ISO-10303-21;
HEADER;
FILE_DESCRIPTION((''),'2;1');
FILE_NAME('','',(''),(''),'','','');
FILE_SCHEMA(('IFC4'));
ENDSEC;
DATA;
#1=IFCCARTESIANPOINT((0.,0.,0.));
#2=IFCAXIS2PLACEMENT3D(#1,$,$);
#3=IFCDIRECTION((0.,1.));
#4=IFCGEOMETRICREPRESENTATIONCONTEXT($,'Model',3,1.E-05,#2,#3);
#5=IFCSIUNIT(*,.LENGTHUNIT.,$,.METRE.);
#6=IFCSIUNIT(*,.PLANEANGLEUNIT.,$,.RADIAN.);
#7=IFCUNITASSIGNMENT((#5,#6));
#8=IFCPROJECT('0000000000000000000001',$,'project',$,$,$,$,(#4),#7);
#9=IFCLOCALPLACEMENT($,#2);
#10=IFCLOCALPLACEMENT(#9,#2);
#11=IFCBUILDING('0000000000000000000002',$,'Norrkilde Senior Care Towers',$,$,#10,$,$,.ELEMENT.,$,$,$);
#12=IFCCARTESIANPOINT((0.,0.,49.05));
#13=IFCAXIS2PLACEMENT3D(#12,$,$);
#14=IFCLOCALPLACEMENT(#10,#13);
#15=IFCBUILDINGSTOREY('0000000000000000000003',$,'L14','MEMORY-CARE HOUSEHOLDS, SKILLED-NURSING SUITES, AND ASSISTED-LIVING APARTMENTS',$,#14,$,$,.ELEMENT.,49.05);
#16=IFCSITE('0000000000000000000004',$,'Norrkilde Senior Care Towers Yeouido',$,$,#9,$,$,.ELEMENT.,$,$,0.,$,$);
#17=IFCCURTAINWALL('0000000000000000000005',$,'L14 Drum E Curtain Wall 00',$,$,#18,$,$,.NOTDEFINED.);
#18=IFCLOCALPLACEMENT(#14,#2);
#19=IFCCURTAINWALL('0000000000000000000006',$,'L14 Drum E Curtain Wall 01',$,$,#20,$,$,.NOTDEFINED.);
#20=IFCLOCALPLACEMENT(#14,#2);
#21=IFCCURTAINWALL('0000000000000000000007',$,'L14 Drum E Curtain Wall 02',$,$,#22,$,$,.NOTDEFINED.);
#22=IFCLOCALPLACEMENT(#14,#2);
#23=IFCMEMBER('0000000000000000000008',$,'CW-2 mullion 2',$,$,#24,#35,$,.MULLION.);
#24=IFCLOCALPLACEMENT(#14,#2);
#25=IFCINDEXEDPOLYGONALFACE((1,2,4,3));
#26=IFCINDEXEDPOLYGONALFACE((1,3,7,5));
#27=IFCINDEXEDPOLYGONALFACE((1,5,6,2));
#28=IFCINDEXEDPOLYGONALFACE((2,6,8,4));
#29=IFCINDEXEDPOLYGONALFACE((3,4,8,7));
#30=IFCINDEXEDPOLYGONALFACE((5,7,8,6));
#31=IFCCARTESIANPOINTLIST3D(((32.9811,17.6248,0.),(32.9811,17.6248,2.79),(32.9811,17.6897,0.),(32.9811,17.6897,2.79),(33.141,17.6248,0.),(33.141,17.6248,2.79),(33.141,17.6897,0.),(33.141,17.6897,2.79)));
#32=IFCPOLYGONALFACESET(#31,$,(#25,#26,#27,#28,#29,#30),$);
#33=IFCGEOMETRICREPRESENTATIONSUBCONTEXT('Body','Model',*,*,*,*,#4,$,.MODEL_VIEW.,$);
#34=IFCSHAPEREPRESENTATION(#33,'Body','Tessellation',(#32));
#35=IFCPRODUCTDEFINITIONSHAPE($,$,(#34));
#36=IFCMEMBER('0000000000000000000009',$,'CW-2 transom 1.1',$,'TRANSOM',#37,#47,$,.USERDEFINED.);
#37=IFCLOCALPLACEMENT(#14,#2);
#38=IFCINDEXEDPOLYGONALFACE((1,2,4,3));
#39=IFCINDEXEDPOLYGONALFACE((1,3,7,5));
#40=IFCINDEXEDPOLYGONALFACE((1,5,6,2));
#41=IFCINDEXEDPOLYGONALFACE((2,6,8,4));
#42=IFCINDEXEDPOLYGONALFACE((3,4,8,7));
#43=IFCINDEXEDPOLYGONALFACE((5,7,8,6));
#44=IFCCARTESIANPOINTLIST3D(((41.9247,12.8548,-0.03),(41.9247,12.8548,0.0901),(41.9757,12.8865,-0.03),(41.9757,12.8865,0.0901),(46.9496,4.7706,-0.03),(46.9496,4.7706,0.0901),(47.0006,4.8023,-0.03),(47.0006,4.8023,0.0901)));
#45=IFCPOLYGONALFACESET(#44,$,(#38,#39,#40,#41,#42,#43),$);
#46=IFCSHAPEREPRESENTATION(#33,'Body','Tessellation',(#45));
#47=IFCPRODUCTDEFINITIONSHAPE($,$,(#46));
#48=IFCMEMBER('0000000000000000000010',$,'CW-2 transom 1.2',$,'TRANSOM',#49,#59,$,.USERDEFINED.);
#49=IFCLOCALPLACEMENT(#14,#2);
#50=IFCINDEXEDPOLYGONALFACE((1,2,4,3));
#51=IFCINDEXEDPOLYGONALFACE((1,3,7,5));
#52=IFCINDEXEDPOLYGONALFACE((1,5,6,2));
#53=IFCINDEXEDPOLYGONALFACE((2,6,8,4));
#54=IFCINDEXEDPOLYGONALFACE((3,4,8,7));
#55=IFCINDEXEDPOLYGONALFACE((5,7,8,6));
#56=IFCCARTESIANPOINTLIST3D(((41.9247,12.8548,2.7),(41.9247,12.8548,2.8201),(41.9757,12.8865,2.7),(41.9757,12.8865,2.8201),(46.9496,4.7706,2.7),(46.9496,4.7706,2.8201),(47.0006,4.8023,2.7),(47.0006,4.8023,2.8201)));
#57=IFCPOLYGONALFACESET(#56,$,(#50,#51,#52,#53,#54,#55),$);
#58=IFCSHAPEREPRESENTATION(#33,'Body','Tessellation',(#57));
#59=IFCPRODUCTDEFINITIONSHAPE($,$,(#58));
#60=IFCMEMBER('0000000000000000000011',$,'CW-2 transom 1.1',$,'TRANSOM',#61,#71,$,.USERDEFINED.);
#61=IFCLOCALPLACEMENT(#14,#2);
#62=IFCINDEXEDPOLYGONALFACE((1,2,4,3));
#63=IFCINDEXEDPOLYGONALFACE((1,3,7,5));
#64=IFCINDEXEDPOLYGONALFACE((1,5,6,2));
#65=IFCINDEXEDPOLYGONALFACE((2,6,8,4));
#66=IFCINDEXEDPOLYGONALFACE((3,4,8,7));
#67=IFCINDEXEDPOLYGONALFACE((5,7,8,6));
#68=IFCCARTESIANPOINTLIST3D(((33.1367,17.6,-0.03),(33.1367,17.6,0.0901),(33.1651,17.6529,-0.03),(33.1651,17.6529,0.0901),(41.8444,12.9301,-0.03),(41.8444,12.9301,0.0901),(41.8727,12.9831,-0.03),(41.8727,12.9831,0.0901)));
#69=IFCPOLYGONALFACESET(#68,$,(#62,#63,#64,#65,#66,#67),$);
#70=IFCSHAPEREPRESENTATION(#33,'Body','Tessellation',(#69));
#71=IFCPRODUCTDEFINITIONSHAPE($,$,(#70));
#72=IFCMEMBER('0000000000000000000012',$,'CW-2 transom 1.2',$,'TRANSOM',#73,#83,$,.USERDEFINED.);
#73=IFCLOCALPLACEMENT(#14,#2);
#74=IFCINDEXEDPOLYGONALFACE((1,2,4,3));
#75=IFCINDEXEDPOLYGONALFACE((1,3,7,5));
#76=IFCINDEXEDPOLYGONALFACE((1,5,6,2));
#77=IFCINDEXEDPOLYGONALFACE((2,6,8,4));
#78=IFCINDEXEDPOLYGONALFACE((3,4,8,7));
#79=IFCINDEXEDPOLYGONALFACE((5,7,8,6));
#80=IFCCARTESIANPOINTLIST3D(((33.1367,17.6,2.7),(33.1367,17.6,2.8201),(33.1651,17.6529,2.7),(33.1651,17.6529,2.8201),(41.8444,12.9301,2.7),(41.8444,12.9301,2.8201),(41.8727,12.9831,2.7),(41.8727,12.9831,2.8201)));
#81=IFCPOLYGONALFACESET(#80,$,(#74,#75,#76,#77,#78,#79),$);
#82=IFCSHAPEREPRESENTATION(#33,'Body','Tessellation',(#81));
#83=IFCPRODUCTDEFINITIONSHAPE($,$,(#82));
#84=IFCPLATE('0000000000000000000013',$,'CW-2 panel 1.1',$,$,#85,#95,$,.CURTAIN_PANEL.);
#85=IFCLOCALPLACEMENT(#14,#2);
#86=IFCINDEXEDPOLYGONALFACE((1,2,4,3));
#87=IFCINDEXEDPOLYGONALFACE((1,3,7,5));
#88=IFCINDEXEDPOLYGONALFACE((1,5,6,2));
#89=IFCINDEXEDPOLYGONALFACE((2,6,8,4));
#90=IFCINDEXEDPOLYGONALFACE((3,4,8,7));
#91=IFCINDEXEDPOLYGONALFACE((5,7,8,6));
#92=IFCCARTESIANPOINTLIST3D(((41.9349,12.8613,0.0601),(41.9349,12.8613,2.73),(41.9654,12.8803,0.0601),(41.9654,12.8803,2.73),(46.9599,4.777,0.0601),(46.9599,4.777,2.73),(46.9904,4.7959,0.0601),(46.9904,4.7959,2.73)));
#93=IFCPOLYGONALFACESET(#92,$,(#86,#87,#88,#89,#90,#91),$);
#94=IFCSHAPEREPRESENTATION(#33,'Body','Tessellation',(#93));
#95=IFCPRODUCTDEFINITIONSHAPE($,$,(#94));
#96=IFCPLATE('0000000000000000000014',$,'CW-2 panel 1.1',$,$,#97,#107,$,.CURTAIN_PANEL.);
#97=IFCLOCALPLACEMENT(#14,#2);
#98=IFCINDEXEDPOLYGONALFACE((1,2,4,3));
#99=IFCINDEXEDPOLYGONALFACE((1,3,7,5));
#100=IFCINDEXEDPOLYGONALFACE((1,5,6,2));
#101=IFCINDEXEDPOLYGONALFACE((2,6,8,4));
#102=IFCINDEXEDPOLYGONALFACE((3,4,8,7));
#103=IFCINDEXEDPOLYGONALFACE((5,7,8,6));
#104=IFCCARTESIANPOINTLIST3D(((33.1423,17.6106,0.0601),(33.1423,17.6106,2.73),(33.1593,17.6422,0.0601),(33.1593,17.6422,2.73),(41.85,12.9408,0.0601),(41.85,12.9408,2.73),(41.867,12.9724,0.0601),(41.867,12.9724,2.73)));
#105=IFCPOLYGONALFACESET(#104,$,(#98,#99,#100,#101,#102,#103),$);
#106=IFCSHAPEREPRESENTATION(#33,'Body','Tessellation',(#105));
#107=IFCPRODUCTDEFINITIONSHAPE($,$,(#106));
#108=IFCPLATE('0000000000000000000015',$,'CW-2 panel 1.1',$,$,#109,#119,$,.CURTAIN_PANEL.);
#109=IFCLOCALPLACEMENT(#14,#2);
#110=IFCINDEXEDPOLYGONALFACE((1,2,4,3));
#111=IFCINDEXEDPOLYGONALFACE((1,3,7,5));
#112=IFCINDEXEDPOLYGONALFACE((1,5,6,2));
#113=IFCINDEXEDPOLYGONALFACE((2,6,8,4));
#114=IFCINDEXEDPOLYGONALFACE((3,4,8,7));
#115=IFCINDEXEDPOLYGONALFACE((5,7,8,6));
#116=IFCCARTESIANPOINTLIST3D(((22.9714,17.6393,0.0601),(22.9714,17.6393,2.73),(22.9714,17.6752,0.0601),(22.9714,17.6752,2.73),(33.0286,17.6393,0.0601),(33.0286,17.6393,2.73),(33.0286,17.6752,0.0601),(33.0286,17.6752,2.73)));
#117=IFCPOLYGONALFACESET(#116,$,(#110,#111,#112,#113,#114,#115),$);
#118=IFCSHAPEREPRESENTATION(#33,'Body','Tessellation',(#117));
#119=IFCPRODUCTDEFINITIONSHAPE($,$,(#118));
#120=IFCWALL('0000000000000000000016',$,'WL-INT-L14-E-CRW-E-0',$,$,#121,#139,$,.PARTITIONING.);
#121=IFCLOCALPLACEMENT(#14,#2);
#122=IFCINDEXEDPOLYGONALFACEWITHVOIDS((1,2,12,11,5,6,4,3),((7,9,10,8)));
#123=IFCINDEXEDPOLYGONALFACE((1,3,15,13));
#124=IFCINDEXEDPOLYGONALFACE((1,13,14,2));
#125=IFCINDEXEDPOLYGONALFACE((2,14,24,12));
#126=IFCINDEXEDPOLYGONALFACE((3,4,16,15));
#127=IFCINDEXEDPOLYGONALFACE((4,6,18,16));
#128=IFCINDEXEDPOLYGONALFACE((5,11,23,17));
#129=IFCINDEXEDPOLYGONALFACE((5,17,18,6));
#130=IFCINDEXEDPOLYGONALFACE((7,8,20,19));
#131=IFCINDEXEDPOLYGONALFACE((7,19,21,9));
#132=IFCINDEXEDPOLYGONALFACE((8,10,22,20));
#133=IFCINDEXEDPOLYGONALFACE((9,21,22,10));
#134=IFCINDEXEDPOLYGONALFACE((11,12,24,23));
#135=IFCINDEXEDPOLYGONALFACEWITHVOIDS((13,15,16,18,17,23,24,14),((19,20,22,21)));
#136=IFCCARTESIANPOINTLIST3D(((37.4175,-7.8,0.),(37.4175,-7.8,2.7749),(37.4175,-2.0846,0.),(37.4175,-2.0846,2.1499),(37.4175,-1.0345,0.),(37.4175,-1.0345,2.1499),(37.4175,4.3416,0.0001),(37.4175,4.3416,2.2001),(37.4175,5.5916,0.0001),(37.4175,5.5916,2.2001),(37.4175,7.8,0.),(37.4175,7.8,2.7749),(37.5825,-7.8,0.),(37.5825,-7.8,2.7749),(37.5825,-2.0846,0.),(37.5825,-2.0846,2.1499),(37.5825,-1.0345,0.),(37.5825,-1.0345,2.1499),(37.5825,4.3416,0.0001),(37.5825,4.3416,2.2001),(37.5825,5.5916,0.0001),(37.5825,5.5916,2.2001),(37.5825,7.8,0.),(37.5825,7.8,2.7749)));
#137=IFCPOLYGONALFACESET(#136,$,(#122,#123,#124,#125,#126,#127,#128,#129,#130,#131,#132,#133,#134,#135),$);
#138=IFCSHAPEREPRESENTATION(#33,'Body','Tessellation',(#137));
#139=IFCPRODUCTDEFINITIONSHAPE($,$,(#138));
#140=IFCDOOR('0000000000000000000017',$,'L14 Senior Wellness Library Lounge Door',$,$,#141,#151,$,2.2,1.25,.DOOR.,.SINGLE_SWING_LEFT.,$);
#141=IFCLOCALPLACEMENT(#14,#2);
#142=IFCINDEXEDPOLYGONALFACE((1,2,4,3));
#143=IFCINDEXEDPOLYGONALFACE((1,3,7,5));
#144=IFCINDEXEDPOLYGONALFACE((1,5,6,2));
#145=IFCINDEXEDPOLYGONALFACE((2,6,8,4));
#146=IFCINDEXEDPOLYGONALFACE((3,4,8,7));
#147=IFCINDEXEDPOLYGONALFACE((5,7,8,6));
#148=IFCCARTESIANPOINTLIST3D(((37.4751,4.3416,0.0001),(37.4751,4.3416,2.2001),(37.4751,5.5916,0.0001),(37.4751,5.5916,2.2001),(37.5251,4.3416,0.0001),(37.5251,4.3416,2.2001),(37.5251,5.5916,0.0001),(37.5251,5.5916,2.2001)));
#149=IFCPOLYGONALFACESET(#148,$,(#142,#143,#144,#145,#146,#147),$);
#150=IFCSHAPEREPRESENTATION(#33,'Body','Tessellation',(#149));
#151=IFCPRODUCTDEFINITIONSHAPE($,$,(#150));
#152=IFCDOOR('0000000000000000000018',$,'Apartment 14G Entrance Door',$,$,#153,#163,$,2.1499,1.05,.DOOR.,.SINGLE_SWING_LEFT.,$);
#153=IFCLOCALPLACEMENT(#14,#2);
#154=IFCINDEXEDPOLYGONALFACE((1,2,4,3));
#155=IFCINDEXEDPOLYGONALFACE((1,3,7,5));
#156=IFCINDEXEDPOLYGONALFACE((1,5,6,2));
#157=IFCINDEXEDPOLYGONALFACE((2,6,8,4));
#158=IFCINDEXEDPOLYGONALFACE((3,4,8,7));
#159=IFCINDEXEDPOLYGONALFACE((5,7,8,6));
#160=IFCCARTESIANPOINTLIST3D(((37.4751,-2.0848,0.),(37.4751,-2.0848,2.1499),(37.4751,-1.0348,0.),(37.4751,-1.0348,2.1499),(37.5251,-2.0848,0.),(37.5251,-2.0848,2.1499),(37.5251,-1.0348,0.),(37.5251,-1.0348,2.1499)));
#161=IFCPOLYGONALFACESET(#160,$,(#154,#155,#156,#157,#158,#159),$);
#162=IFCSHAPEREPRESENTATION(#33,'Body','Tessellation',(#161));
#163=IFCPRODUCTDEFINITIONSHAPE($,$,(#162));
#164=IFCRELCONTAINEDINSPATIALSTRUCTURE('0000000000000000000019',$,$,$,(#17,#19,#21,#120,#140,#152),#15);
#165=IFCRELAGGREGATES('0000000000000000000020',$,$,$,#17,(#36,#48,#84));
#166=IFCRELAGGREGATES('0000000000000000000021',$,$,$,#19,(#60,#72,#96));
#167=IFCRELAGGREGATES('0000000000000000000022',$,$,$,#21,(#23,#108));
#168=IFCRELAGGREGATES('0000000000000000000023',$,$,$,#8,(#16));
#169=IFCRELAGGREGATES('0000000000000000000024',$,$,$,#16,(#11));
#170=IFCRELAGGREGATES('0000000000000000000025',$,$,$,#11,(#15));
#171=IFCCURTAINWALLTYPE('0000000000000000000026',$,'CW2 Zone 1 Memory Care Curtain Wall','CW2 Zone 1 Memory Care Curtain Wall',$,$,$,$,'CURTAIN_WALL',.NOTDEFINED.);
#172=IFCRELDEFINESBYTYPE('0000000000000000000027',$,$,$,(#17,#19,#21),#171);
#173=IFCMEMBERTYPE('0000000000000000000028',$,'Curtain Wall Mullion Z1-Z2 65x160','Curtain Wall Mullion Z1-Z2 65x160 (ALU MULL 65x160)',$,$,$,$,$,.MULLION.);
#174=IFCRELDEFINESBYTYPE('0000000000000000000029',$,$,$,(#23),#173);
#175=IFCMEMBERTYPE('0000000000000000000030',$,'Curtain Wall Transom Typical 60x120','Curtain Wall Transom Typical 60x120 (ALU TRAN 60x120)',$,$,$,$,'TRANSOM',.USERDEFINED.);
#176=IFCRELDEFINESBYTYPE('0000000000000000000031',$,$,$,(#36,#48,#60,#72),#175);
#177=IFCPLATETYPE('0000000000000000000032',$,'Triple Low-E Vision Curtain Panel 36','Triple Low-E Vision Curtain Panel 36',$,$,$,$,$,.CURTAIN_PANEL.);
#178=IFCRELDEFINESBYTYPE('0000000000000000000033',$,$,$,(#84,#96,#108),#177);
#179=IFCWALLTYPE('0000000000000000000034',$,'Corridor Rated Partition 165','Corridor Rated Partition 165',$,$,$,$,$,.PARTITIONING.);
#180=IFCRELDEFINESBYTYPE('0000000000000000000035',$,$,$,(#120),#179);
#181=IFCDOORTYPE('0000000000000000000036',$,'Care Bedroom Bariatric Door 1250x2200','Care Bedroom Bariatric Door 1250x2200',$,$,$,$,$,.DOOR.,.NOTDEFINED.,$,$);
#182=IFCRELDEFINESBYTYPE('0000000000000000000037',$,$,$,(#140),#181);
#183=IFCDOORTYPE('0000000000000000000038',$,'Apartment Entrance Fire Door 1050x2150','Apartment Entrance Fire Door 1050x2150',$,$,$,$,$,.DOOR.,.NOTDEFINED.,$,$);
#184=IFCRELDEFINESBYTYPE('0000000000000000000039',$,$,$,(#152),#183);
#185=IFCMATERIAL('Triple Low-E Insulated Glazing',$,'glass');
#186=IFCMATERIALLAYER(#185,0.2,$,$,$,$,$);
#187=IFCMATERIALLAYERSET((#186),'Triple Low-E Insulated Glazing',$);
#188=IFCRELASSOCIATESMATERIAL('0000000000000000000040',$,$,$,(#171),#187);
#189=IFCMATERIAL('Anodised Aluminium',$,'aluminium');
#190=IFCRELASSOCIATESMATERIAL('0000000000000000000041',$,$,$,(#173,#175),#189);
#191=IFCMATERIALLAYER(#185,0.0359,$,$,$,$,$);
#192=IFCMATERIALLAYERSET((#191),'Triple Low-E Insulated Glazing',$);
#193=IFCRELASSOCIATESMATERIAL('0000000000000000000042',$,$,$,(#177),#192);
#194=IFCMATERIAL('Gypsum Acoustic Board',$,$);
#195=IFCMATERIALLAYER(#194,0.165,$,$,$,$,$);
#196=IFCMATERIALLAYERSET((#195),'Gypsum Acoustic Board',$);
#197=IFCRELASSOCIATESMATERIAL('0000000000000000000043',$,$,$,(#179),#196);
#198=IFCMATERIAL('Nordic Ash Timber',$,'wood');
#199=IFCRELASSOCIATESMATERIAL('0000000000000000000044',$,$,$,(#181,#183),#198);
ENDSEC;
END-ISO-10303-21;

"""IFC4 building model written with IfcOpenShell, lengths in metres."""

from ifc_helpers import new_model, si_unit, direction, frame, frame_2d, origin, origin_2d, place, context, subcontext, project, spatial, rectangle, extrude, source, transform, mapped, material, layer, layer_set, material_profile, profile_set, type_object, type_shapes, element, fill, aggregate, save


model = new_model("IFC4")

# Units and contexts
model_context = context("Model", 3, precision=1e-05, world=origin(), true_north=direction((0.0, 1.0)))
body_context = subcontext(model_context, "Body", "Model", "MODEL_VIEW")
ifc_project = project(units=[si_unit("LENGTHUNIT", "METRE"), si_unit("PLANEANGLEUNIT", "RADIAN")], contexts=[model_context])

# Site, building, storey
site_placement = place(None, origin())
site = spatial("IfcSite", under=ifc_project, at=site_placement, Name="Norrkilde Senior Care Towers Yeouido", CompositionType="ELEMENT", RefElevation=0.0)
building_placement = place(site_placement, origin())
building = spatial("IfcBuilding", under=site, at=building_placement, Name="Norrkilde Senior Care Towers", CompositionType="ELEMENT")
storey_placement = place(building_placement, frame((0.0, 0.0, 49.05)))
storey = spatial("IfcBuildingStorey", under=building, at=storey_placement, Name="L14", Description="MEMORY-CARE HOUSEHOLDS, SKILLED-NURSING SUITES, AND ASSISTED-LIVING APARTMENTS", CompositionType="ELEMENT", Elevation=49.05)

# Curtain wall
ifc_material_1 = material(Name="Triple Low-E Insulated Glazing", Category="glass")
ifc_layer_1 = layer(ifc_material_1, 0.2)
ifc_layer_set_1 = layer_set([ifc_layer_1], Name="Triple Low-E Insulated Glazing")
curtain_wall_type = type_object("IfcCurtainWallType", Name="CW2 Zone 1 Memory Care Curtain Wall", Description="CW2 Zone 1 Memory Care Curtain Wall", ElementType="CURTAIN_WALL", PredefinedType="NOTDEFINED", material=ifc_layer_set_1)
curtain_wall_1_placement = place(storey_placement, origin())
curtain_wall_1 = element("IfcCurtainWall", 1, at=curtain_wall_1_placement, inside=storey, type_object=curtain_wall_type, Name="L14 Drum E Curtain Wall 00", PredefinedType="NOTDEFINED")
ifc_material_2 = material(Name="Anodised Aluminium", Category="aluminium")
ifc_material_profile_1 = material_profile(ifc_material_2, rectangle(XDim=0.0649, YDim=0.1599, at=origin_2d()), Name="ALU MULL 65x160")
ifc_profile_set_1 = profile_set([ifc_material_profile_1], Name="Anodised Aluminium")
member_type_1 = type_object("IfcMemberType", Name="Curtain Wall Mullion Z1-Z2 65x160", Description="Curtain Wall Mullion Z1-Z2 65x160 (ALU MULL 65x160)", PredefinedType="MULLION", material=ifc_profile_set_1)
shared_shape_1 = source(origin(), body_context, "Body", "SweptSolid", [
    extrude(rectangle(XDim=0.0649, YDim=0.1599, at=origin_2d()), origin(), (0.0, 0.0, 1.0), 2.79),
])
type_shapes(member_type_1, [shared_shape_1])

# Curtain wall
curtain_wall_2_placement = place(storey_placement, origin())
curtain_wall_2 = element("IfcCurtainWall", 2, at=curtain_wall_2_placement, inside=storey, type_object=curtain_wall_type, Name="L14 Drum E Curtain Wall 01", PredefinedType="NOTDEFINED")

# Curtain wall, member
curtain_wall_3_placement = place(storey_placement, origin())
curtain_wall_3 = element("IfcCurtainWall", 3, at=curtain_wall_3_placement, inside=storey, type_object=curtain_wall_type, Name="L14 Drum E Curtain Wall 02", PredefinedType="NOTDEFINED")
member_1_placement = place(storey_placement, frame((33.061, 17.6572, 0.0), z_axis=(0.0, 0.0, 1.0), x_axis=(0.0, 1.0, 0.0)))
member_1 = element("IfcMember", 4, at=member_1_placement, type_object=member_type_1, Name="CW-2 mullion 2", PredefinedType="MULLION", context=body_context, shape_type="MappedRepresentation", body=[
    mapped(shared_shape_1, transform((0.0, 0.0, 0.0), x_axis=(1.0, 0.0, 0.0), y_axis=(0.0, 1.0, 0.0), z_axis=(0.0, 0.0, 1.0), scale=1.0)),
])

# Members
ifc_material_profile_2 = material_profile(ifc_material_2, rectangle(XDim=0.0601, YDim=0.1201, at=origin_2d()), Name="ALU TRAN 60x120")
ifc_profile_set_2 = profile_set([ifc_material_profile_2], Name="Anodised Aluminium")
member_type_2 = type_object("IfcMemberType", Name="Curtain Wall Transom Typical 60x120", Description="Curtain Wall Transom Typical 60x120 (ALU TRAN 60x120)", ElementType="TRANSOM", PredefinedType="USERDEFINED", material=ifc_profile_set_2)
shared_shape_2 = source(origin(), body_context, "Body", "SweptSolid", [
    extrude(rectangle(XDim=0.0601, YDim=0.1201, at=origin_2d()), origin(), (0.0, 0.0, 1.0), 9.5186),
])
member_2_placement = place(storey_placement, frame((41.9502, 12.8706, 0.03), z_axis=(0.527902, -0.849306, 0.0), x_axis=(0.849306, 0.527902, 0.0)))
member_2 = element("IfcMember", 5, at=member_2_placement, type_object=member_type_2, Name="CW-2 transom 1.1", ObjectType="TRANSOM", PredefinedType="USERDEFINED", context=body_context, shape_type="MappedRepresentation", body=[
    mapped(shared_shape_2, transform((0.0, 0.0, 0.0), x_axis=(1.0, 0.0, 0.0), y_axis=(0.0, 1.0, 0.0), z_axis=(0.0, 0.0, 1.0), scale=1.0)),
])
member_3_placement = place(storey_placement, frame((41.9502, 12.8706, 2.76), z_axis=(0.527902, -0.849306, 0.0), x_axis=(0.849306, 0.527902, 0.0)))
member_3 = element("IfcMember", 6, at=member_3_placement, type_object=member_type_2, Name="CW-2 transom 1.2", ObjectType="TRANSOM", PredefinedType="USERDEFINED", context=body_context, shape_type="MappedRepresentation", body=[
    mapped(shared_shape_2, transform((0.0, 0.0, 0.0), x_axis=(1.0, 0.0, 0.0), y_axis=(0.0, 1.0, 0.0), z_axis=(0.0, 0.0, 1.0), scale=1.0)),
])
shared_shape_3 = source(origin(), body_context, "Body", "SweptSolid", [
    extrude(rectangle(XDim=0.0601, YDim=0.1201, at=origin_2d()), origin(), (0.0, 0.0, 1.0), 9.8809),
])
type_shapes(member_type_2, [shared_shape_2, shared_shape_3])
member_4_placement = place(storey_placement, frame((33.1509, 17.6265, 0.03), z_axis=(0.881267, -0.472618, 0.0), x_axis=(0.472618, 0.881267, 0.0)))
member_4 = element("IfcMember", 7, at=member_4_placement, type_object=member_type_2, Name="CW-2 transom 1.1", ObjectType="TRANSOM", PredefinedType="USERDEFINED", context=body_context, shape_type="MappedRepresentation", body=[
    mapped(shared_shape_3, transform((0.0, 0.0, 0.0), x_axis=(1.0, 0.0, 0.0), y_axis=(0.0, 1.0, 0.0), z_axis=(0.0, 0.0, 1.0), scale=1.0)),
])
member_5_placement = place(storey_placement, frame((33.1509, 17.6265, 2.76), z_axis=(0.881267, -0.472618, 0.0), x_axis=(0.472618, 0.881267, 0.0)))
member_5 = element("IfcMember", 8, at=member_5_placement, type_object=member_type_2, Name="CW-2 transom 1.2", ObjectType="TRANSOM", PredefinedType="USERDEFINED", context=body_context, shape_type="MappedRepresentation", body=[
    mapped(shared_shape_3, transform((0.0, 0.0, 0.0), x_axis=(1.0, 0.0, 0.0), y_axis=(0.0, 1.0, 0.0), z_axis=(0.0, 0.0, 1.0), scale=1.0)),
])

# Plates
ifc_layer_2 = layer(ifc_material_1, 0.0359)
ifc_layer_set_2 = layer_set([ifc_layer_2], Name="Triple Low-E Insulated Glazing")
plate_type = type_object("IfcPlateType", Name="Triple Low-E Vision Curtain Panel 36", Description="Triple Low-E Vision Curtain Panel 36", PredefinedType="CURTAIN_PANEL", material=ifc_layer_set_2)
shared_shape_4 = source(origin(), body_context, "Body", "SweptSolid", [
    extrude(rectangle(XDim=9.5188, YDim=0.0359, at=origin_2d()), origin(), (0.0, 0.0, 1.0), 2.6699),
])
plate_1_placement = place(storey_placement, frame((44.4626, 8.8286, 0.0601), z_axis=(0.0, 0.0, 1.0), x_axis=(0.527901, -0.849306, 0.0)))
plate_1 = element("IfcPlate", 9, at=plate_1_placement, type_object=plate_type, Name="CW-2 panel 1.1", PredefinedType="CURTAIN_PANEL", context=body_context, shape_type="MappedRepresentation", body=[
    mapped(shared_shape_4, transform((0.0, 0.0, 0.0), x_axis=(1.0, 0.0, 0.0), y_axis=(0.0, 1.0, 0.0), z_axis=(0.0, 0.0, 1.0), scale=1.0)),
])
aggregate(curtain_wall_1, [member_2, member_3, plate_1])
shared_shape_5 = source(origin(), body_context, "Body", "SweptSolid", [
    extrude(rectangle(XDim=9.8809, YDim=0.0359, at=origin_2d()), origin(), (0.0, 0.0, 1.0), 2.6699),
])
plate_2_placement = place(storey_placement, frame((37.5046, 15.2915, 0.0601), z_axis=(0.0, 0.0, 1.0), x_axis=(0.881273, -0.472608, 0.0)))
plate_2 = element("IfcPlate", 10, at=plate_2_placement, type_object=plate_type, Name="CW-2 panel 1.1", PredefinedType="CURTAIN_PANEL", context=body_context, shape_type="MappedRepresentation", body=[
    mapped(shared_shape_5, transform((0.0, 0.0, 0.0), x_axis=(1.0, 0.0, 0.0), y_axis=(0.0, 1.0, 0.0), z_axis=(0.0, 0.0, 1.0), scale=1.0)),
])
aggregate(curtain_wall_2, [member_4, member_5, plate_2])
shared_shape_6 = source(origin(), body_context, "Body", "SweptSolid", [
    extrude(rectangle(XDim=10.0571, YDim=0.0359, at=origin_2d()), origin(), (0.0, 0.0, 1.0), 2.6699),
])
type_shapes(plate_type, [shared_shape_4, shared_shape_5, shared_shape_6])
plate_3_placement = place(storey_placement, frame((28.0, 17.6572, 0.0601), z_axis=(0.0, 0.0, 1.0), x_axis=(1.0, 0.0, 0.0)))
plate_3 = element("IfcPlate", 11, at=plate_3_placement, type_object=plate_type, Name="CW-2 panel 1.1", PredefinedType="CURTAIN_PANEL", context=body_context, shape_type="MappedRepresentation", body=[
    mapped(shared_shape_6, transform((0.0, 0.0, 0.0), x_axis=(1.0, 0.0, 0.0), y_axis=(0.0, 1.0, 0.0), z_axis=(0.0, 0.0, 1.0), scale=1.0)),
])
aggregate(curtain_wall_3, [member_1, plate_3])

# Wall, openings, doors
ifc_material_3 = material(Name="Gypsum Acoustic Board")
ifc_layer_3 = layer(ifc_material_3, 0.165)
ifc_layer_set_3 = layer_set([ifc_layer_3], Name="Gypsum Acoustic Board")
wall_type_1 = type_object("IfcWallType", Name="Corridor Rated Partition 165", Description="Corridor Rated Partition 165", PredefinedType="PARTITIONING", material=ifc_layer_set_3)
shared_shape_7 = source(origin(), body_context, "Body", "SweptSolid", [
    extrude(rectangle(XDim=15.6001, YDim=0.165, at=frame_2d((7.8, 0.0))), origin(), (0.0, 0.0, 1.0), 2.7749),
])
type_shapes(wall_type_1, [shared_shape_7])
wall_1_placement = place(storey_placement, frame((37.5, 7.8, 0.0), z_axis=(0.0, 0.0, 1.0), x_axis=(0.0, -1.0, 0.0)))
wall_1 = element("IfcWall", 12, at=wall_1_placement, inside=storey, type_object=wall_type_1, Name="WL-INT-L14-E-CRW-E-0", PredefinedType="PARTITIONING", context=body_context, shape_type="MappedRepresentation", body=[
    mapped(shared_shape_7, transform((0.0, 0.0, 0.0), x_axis=(1.0, 0.0, 0.0), y_axis=(0.0, 1.0, 0.0), z_axis=(0.0, 0.0, 1.0), scale=1.0)),
])
opening_1_placement = place(wall_1_placement, frame((8.8347, 0.0, 0.0)))
opening_1 = element("IfcOpeningElement", 13, at=opening_1_placement, cuts=wall_1, PredefinedType="OPENING", context=body_context, shape_type="SweptSolid", body=[
    extrude(rectangle(XDim=1.05, YDim=2.1499, at=frame_2d((0.5249, 1.075))), frame((0.0, 0.0925, 0.0), z_axis=(0.0, -1.0, 0.0), x_axis=(1.0, 0.0, 0.0)), (0.0, 0.0, 1.0), 0.1851),
])
opening_2_placement = place(wall_1_placement, frame((2.2085, 0.0, 0.0)))
opening_2 = element("IfcOpeningElement", 14, at=opening_2_placement, cuts=wall_1, PredefinedType="OPENING", context=body_context, shape_type="SweptSolid", body=[
    extrude(rectangle(XDim=1.25, YDim=2.2, at=frame_2d((0.625, 1.1001))), frame((0.0, 0.0925, 0.0), z_axis=(0.0, -1.0, 0.0), x_axis=(1.0, 0.0, 0.0)), (0.0, 0.0, 1.0), 0.1851),
])
ifc_material_4 = material(Name="Nordic Ash Timber", Category="wood")
door_type_1 = type_object("IfcDoorType", Name="Care Bedroom Bariatric Door 1250x2200", Description="Care Bedroom Bariatric Door 1250x2200", OperationType="NOTDEFINED", PredefinedType="DOOR", material=ifc_material_4)
shared_shape_8 = source(origin(), body_context, "Body", "SweptSolid", [
    extrude(rectangle(XDim=1.25, YDim=2.2, at=frame_2d((0.625, 1.1001))), frame((0.0, 0.0249, 0.0), z_axis=(0.0, -1.0, 0.0), x_axis=(1.0, 0.0, 0.0)), (0.0, 0.0, 1.0), 0.05),
])
type_shapes(door_type_1, [shared_shape_8])
door_1_placement = place(opening_2_placement, frame((1.25, 0.0, 0.0), z_axis=(0.0, 0.0, 1.0), x_axis=(-1.0, 0.0, 0.0)))
door_1 = element("IfcDoor", 15, at=door_1_placement, inside=storey, type_object=door_type_1, Name="L14 Senior Wellness Library Lounge Door", OperationType="SINGLE_SWING_LEFT", OverallHeight=2.2, OverallWidth=1.25, PredefinedType="DOOR", context=body_context, shape_type="MappedRepresentation", body=[
    mapped(shared_shape_8, transform((0.0, 0.0, 0.0), x_axis=(1.0, 0.0, 0.0), y_axis=(0.0, 1.0, 0.0), z_axis=(0.0, 0.0, 1.0), scale=1.0)),
])
fill(opening_2, door_1)
door_type_2 = type_object("IfcDoorType", Name="Apartment Entrance Fire Door 1050x2150", Description="Apartment Entrance Fire Door 1050x2150", OperationType="NOTDEFINED", PredefinedType="DOOR", material=ifc_material_4)
shared_shape_9 = source(origin(), body_context, "Body", "SweptSolid", [
    extrude(rectangle(XDim=1.05, YDim=2.1499, at=frame_2d((0.5249, 1.075))), frame((0.0, 0.0249, 0.0), z_axis=(0.0, -1.0, 0.0), x_axis=(1.0, 0.0, 0.0)), (0.0, 0.0, 1.0), 0.05),
])
type_shapes(door_type_2, [shared_shape_9])
door_2_placement = place(opening_1_placement, frame((1.05, 0.0, 0.0), z_axis=(0.0, 0.0, 1.0), x_axis=(-1.0, 0.0, 0.0)))
door_2 = element("IfcDoor", 16, at=door_2_placement, inside=storey, type_object=door_type_2, Name="Apartment 14G Entrance Door", OperationType="SINGLE_SWING_LEFT", OverallHeight=2.1499, OverallWidth=1.05, PredefinedType="DOOR", context=body_context, shape_type="MappedRepresentation", body=[
    mapped(shared_shape_9, transform((0.0, 0.0, 0.0), x_axis=(1.0, 0.0, 0.0), y_axis=(0.0, 1.0, 0.0), z_axis=(0.0, 0.0, 1.0), scale=1.0)),
])
fill(opening_1, door_2)

save(model, "model.ifc")
